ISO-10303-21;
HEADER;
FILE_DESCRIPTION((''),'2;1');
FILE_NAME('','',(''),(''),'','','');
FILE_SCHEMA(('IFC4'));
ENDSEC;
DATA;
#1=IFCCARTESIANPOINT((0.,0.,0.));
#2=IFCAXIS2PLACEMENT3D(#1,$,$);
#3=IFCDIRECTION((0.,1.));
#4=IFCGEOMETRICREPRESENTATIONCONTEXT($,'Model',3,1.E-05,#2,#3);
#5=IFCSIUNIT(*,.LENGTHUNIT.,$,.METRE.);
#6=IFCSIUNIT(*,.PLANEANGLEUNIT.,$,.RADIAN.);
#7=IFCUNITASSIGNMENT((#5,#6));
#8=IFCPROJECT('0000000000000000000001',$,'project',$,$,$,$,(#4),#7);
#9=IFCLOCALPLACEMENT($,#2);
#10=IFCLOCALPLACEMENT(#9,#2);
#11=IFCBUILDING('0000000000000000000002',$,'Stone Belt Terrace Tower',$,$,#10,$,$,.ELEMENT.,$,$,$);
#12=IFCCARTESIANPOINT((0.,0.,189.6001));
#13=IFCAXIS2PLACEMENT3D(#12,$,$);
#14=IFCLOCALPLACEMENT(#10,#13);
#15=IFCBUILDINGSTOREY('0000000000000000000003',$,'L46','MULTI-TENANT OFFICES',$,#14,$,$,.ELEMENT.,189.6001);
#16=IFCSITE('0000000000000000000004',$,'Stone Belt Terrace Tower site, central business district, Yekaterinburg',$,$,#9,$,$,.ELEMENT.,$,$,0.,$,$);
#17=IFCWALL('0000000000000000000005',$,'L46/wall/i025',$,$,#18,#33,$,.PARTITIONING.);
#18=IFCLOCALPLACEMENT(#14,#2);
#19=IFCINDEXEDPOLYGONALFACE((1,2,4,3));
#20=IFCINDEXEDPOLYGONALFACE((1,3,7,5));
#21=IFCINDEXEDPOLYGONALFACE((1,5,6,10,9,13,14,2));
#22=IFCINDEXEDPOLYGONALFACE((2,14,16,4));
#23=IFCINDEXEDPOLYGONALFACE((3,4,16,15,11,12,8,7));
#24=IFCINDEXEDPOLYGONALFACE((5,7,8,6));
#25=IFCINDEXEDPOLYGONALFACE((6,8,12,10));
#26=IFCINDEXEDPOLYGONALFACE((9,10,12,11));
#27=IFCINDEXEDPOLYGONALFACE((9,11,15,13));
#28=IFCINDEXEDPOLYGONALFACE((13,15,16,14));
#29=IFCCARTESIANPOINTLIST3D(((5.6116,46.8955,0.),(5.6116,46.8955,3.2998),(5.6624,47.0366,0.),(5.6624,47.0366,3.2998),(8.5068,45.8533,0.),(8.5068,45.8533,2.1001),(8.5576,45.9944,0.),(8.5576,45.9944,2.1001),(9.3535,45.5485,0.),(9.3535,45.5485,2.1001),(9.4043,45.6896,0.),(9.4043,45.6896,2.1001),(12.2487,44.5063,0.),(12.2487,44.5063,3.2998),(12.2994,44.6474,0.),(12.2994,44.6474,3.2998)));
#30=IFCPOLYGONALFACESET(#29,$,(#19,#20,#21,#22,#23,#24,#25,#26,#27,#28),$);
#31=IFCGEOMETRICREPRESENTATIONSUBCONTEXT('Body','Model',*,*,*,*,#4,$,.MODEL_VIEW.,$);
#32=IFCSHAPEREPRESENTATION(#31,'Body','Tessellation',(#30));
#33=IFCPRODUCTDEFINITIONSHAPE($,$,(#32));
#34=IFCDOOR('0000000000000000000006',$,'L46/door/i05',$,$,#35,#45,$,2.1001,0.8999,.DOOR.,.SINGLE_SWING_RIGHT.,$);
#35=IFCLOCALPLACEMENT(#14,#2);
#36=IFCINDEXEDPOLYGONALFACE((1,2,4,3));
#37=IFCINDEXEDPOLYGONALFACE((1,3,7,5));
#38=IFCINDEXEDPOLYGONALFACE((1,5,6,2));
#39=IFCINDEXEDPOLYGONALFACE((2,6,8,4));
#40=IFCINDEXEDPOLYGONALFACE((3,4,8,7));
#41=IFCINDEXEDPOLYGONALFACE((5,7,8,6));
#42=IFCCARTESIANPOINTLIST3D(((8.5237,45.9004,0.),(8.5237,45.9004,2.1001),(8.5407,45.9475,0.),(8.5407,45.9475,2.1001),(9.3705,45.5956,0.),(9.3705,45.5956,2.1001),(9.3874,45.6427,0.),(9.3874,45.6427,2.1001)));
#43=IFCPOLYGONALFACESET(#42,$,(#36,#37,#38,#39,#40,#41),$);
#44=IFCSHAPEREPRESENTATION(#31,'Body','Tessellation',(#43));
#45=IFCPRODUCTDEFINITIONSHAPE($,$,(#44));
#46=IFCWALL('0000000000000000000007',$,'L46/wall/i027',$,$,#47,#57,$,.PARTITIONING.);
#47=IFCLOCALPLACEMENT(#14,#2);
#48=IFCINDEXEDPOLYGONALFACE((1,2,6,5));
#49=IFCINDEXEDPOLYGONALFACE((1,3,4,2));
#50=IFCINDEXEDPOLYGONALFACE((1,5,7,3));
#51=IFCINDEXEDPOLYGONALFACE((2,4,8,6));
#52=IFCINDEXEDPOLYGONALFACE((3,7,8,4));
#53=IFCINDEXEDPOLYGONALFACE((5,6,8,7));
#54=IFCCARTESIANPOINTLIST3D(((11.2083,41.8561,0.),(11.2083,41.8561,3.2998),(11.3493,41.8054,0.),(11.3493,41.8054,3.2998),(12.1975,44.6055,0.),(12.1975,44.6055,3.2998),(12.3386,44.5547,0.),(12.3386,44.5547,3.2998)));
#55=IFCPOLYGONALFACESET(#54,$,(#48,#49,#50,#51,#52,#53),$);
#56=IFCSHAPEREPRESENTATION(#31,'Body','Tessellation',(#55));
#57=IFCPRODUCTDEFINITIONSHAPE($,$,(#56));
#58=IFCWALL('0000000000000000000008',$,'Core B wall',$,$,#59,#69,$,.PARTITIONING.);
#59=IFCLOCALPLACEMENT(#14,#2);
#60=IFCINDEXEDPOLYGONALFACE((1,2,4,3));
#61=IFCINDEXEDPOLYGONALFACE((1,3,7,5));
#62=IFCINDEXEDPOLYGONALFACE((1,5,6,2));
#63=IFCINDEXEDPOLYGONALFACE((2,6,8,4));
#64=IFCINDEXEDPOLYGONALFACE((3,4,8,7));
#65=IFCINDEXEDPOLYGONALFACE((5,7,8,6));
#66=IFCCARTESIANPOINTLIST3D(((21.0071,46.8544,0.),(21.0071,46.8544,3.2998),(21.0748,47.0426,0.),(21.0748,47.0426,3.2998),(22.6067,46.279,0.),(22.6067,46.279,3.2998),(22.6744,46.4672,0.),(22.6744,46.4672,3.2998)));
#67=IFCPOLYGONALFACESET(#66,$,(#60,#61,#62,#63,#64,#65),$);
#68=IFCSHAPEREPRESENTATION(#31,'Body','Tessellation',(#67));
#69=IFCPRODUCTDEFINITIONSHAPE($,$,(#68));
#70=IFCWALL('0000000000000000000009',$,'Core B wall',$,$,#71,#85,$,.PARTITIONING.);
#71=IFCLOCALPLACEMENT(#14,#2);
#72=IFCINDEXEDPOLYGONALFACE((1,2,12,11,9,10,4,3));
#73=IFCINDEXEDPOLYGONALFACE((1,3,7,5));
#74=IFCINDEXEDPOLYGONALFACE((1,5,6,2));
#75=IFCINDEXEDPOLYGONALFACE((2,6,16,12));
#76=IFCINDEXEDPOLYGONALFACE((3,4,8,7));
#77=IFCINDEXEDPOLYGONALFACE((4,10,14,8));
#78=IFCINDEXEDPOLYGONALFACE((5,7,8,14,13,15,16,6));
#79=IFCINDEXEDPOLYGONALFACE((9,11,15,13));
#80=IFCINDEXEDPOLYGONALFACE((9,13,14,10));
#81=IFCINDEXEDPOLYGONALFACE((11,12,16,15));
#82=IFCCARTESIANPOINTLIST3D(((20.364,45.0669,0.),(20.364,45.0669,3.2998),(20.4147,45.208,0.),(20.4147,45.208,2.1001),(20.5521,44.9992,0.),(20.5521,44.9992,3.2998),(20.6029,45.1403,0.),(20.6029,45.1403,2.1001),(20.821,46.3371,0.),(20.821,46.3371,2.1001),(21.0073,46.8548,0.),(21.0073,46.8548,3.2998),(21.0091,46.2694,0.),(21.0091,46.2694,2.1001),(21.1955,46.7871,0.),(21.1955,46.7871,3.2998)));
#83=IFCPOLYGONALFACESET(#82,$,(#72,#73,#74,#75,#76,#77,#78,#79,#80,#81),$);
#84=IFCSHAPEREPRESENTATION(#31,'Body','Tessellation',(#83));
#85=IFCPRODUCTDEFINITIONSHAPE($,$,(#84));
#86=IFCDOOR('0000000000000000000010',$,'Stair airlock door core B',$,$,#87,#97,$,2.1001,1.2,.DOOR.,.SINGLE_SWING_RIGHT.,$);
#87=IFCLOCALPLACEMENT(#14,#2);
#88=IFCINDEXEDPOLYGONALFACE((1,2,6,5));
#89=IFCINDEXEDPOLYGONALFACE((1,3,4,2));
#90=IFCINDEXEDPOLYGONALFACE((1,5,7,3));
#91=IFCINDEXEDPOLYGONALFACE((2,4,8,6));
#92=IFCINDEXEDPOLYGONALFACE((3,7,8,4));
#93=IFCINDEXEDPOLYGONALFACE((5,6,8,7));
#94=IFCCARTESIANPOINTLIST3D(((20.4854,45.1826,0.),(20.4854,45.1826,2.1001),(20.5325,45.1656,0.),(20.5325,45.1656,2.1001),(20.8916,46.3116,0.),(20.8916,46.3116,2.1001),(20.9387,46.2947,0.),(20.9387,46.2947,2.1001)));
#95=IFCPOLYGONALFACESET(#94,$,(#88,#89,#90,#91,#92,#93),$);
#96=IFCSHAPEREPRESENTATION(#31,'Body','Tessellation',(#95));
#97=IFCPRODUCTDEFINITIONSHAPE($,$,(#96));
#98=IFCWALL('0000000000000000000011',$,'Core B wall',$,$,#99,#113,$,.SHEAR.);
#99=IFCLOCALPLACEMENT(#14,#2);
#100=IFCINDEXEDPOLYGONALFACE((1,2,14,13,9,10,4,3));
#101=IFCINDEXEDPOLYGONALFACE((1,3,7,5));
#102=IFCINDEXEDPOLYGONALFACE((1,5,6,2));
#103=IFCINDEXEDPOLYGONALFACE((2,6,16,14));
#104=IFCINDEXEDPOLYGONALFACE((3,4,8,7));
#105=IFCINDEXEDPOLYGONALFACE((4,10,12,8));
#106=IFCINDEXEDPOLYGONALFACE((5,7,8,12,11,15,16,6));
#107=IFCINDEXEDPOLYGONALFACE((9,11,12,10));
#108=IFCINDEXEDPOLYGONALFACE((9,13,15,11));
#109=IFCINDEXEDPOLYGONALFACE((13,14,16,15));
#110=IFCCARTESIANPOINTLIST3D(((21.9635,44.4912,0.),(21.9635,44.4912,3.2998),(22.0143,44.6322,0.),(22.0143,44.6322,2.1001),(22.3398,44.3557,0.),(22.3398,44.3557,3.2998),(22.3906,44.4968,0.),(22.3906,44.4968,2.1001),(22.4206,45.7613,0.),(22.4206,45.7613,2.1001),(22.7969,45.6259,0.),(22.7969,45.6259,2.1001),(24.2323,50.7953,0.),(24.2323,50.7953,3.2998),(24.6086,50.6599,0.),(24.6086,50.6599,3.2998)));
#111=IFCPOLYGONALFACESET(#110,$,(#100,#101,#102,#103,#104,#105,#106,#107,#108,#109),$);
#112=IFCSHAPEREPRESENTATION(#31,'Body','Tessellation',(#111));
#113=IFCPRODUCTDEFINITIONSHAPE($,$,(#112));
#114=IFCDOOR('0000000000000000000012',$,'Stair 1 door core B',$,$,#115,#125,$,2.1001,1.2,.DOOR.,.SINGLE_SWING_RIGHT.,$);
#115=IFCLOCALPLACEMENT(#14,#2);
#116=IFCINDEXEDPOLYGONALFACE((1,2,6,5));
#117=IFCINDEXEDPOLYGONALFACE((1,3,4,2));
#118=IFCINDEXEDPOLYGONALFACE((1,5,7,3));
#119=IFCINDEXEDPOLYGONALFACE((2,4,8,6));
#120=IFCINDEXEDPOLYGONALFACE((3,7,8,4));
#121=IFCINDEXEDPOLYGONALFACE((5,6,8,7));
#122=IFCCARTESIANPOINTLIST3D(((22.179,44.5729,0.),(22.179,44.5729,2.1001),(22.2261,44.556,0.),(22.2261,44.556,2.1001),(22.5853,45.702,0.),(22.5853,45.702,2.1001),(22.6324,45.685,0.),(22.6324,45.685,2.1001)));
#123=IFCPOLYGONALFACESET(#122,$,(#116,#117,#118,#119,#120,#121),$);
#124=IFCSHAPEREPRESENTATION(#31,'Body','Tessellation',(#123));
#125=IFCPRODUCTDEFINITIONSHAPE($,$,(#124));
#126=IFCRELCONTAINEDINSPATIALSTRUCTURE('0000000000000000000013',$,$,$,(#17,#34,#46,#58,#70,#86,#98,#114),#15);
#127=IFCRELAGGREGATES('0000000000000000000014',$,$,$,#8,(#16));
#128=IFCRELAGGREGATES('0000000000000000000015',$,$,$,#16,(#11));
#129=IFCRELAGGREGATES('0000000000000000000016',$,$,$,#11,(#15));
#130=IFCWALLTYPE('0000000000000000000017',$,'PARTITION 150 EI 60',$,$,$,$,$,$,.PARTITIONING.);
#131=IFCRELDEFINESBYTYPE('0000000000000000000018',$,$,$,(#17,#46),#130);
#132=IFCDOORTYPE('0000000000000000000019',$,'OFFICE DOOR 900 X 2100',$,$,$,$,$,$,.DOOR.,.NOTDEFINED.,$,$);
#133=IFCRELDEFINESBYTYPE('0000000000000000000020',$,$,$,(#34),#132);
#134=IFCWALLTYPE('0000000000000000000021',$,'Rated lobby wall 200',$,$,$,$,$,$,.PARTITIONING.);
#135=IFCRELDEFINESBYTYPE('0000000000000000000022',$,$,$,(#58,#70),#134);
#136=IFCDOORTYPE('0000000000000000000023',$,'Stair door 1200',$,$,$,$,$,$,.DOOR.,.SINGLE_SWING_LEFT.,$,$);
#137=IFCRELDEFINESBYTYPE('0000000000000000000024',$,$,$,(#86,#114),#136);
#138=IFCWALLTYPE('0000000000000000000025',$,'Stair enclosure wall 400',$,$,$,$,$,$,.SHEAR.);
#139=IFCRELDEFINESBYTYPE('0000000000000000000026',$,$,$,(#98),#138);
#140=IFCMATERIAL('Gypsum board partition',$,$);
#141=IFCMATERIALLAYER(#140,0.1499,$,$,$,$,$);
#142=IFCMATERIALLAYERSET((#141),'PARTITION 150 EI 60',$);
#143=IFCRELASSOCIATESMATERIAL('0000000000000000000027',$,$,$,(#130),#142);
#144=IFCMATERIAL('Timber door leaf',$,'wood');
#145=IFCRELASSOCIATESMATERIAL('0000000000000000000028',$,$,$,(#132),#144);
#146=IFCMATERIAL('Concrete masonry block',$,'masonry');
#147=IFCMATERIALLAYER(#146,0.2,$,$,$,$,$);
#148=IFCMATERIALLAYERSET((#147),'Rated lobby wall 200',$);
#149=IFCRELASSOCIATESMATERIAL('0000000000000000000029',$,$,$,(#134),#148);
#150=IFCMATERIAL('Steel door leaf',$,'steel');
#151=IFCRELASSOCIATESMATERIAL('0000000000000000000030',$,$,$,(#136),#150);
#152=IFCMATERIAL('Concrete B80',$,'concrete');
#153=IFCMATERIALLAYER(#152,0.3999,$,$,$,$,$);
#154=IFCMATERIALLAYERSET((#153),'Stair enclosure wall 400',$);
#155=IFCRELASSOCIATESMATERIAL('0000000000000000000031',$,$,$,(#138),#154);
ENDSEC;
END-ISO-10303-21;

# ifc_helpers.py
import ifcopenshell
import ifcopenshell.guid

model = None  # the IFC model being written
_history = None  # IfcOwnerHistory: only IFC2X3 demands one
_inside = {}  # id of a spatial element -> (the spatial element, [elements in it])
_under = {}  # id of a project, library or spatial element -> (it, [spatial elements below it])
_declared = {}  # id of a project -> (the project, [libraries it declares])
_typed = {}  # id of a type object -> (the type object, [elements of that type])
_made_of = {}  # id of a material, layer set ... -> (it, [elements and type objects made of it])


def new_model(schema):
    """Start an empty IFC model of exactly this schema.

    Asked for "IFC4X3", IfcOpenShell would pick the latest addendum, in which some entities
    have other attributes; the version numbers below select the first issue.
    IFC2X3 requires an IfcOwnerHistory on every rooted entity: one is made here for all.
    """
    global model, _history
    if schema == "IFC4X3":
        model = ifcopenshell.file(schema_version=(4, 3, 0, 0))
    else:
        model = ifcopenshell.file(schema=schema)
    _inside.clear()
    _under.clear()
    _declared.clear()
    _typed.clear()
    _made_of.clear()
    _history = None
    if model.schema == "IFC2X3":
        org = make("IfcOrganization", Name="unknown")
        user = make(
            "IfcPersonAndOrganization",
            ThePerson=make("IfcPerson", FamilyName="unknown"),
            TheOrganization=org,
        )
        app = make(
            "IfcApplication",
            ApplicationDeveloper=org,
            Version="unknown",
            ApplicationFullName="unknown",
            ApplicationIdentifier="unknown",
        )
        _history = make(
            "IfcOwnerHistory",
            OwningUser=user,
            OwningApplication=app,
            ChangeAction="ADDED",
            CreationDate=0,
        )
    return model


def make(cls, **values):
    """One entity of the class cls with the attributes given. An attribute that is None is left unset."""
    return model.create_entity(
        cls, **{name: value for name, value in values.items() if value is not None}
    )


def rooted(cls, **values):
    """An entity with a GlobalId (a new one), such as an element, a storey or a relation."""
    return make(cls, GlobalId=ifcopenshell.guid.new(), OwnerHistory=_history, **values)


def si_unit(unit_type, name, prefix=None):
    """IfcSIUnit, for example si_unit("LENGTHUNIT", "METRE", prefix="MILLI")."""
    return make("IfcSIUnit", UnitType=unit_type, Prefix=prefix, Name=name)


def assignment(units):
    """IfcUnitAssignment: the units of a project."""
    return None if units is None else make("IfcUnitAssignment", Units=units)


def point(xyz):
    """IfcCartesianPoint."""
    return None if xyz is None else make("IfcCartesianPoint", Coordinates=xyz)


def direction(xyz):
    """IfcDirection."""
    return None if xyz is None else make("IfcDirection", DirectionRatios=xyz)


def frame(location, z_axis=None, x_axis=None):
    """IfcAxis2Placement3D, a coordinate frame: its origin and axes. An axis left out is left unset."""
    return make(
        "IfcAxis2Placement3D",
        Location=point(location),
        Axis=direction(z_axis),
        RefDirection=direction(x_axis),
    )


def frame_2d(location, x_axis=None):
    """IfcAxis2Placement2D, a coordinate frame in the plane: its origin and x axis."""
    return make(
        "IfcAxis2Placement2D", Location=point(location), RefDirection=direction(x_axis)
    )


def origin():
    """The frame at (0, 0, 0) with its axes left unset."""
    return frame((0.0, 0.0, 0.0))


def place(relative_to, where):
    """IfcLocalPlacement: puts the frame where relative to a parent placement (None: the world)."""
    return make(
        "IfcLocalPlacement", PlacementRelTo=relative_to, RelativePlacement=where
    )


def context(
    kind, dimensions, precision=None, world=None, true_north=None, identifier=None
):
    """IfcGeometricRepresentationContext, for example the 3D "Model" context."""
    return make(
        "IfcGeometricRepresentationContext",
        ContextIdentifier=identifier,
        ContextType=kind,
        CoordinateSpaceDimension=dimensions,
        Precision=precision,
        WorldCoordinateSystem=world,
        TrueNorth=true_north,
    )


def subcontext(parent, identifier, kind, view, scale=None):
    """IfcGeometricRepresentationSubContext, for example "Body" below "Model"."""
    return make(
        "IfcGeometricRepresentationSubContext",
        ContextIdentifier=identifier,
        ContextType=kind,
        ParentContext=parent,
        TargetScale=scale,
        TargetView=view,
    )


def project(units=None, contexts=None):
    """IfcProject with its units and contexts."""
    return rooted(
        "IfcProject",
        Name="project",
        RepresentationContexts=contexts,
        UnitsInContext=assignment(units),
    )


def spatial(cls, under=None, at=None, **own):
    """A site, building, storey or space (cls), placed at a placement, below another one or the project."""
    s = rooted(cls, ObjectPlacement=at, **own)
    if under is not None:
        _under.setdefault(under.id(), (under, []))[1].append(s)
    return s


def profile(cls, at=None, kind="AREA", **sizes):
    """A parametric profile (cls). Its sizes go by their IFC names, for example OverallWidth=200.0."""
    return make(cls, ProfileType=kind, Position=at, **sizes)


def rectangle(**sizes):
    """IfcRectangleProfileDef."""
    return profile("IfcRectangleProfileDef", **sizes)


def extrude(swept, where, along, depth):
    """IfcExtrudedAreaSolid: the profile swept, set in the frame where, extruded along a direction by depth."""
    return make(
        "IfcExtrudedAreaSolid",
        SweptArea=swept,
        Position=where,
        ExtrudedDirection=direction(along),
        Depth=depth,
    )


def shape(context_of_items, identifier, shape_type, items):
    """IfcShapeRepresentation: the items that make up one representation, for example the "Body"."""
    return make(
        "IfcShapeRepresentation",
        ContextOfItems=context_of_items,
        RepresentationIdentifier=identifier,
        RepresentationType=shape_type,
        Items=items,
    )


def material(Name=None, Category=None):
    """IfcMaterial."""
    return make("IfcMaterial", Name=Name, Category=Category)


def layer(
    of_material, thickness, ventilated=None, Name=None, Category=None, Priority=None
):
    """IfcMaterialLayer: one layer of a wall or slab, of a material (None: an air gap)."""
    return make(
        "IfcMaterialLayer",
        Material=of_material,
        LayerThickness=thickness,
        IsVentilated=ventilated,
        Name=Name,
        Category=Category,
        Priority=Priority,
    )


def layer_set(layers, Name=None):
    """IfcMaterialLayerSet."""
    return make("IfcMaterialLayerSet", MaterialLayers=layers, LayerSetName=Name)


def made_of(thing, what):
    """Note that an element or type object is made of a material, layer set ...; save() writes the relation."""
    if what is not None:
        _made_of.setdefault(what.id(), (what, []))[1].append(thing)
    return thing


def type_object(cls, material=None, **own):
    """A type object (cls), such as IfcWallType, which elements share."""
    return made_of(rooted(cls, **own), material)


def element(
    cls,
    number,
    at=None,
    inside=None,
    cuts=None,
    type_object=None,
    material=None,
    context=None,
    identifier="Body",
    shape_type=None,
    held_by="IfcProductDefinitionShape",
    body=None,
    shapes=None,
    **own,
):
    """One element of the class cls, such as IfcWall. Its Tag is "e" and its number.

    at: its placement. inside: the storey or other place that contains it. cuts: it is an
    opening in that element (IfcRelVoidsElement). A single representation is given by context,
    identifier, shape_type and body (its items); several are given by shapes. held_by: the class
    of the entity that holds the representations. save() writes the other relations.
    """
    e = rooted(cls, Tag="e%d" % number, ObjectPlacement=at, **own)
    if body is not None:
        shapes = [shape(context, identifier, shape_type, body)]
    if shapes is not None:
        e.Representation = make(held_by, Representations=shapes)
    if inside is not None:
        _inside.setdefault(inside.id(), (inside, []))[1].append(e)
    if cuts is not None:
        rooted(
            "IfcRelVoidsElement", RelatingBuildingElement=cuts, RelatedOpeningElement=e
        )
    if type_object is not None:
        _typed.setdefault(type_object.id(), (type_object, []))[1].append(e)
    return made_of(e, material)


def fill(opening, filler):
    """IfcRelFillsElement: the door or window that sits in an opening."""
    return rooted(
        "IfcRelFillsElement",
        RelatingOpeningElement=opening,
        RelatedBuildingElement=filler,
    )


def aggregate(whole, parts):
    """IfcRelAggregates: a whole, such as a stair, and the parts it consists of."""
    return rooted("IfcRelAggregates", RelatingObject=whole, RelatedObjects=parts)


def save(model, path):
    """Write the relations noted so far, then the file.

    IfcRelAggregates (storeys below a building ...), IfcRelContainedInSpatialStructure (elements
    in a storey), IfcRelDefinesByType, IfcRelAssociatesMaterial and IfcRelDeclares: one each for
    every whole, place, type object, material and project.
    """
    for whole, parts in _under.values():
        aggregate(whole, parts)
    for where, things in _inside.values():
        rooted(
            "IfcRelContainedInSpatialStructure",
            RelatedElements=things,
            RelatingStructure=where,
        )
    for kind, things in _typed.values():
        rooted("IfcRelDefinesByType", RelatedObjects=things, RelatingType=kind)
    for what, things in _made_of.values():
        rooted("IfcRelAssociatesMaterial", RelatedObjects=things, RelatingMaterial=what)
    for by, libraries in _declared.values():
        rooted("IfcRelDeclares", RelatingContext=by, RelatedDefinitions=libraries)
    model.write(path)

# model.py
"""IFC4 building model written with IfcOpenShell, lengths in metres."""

from ifc_helpers import new_model, si_unit, direction, frame, frame_2d, origin, place, context, subcontext, project, spatial, rectangle, extrude, material, layer, layer_set, type_object, element, fill, save


model = new_model("IFC4")

# Units and contexts
model_context = context("Model", 3, precision=1e-05, world=origin(), true_north=direction((0.0, 1.0)))
body_context = subcontext(model_context, "Body", "Model", "MODEL_VIEW")
ifc_project = project(units=[si_unit("LENGTHUNIT", "METRE"), si_unit("PLANEANGLEUNIT", "RADIAN")], contexts=[model_context])

# Site, building, storey
site_placement = place(None, origin())
site = spatial("IfcSite", under=ifc_project, at=site_placement, Name="Stone Belt Terrace Tower site, central business district, Yekaterinburg", CompositionType="ELEMENT", RefElevation=0.0)
building_placement = place(site_placement, origin())
building = spatial("IfcBuilding", under=site, at=building_placement, Name="Stone Belt Terrace Tower", CompositionType="ELEMENT")
storey_placement = place(building_placement, frame((0.0, 0.0, 189.6001)))
storey = spatial("IfcBuildingStorey", under=building, at=storey_placement, Name="L46", Description="MULTI-TENANT OFFICES", CompositionType="ELEMENT", Elevation=189.6001)

# Shared definitions
ifc_material_1 = material(Name="Concrete B80", Category="concrete")

# Shared definitions
ifc_material_2 = material(Name="Gypsum board partition")
ifc_layer_1 = layer(ifc_material_2, 0.1499)
ifc_layer_set_1 = layer_set([ifc_layer_1], Name="PARTITION 150 EI 60")
wall_type_1 = type_object("IfcWallType", Name="PARTITION 150 EI 60", PredefinedType="PARTITIONING", material=ifc_layer_set_1)

# Wall, opening, door
wall_1_placement = place(storey_placement, frame((12.2739, 44.5769, 0.0), z_axis=(0.0, 0.0, 1.0), x_axis=(-0.940894, 0.338701, 0.0)))
wall_1 = element("IfcWall", 1, at=wall_1_placement, inside=storey, type_object=wall_type_1, Name="L46/wall/i025", PredefinedType="PARTITIONING", context=body_context, shape_type="SweptSolid", body=[
    extrude(rectangle(XDim=7.054, YDim=0.1499, at=frame_2d((3.5269, 0.0))), origin(), (0.0, 0.0, 1.0), 3.2998),
])
opening_1_placement = place(wall_1_placement, frame((3.0769, 0.0, 0.0)))
opening_1 = element("IfcOpeningElement", 2, at=opening_1_placement, cuts=wall_1, PredefinedType="OPENING", context=body_context, shape_type="SweptSolid", body=[
    extrude(rectangle(XDim=0.8999, YDim=2.1001, at=frame_2d((0.45, 1.05))), frame((0.0, 0.085, 0.0), z_axis=(0.0, -1.0, 0.0), x_axis=(1.0, 0.0, 0.0)), (0.0, 0.0, 1.0), 0.1699),
])
ifc_material_3 = material(Name="Timber door leaf", Category="wood")
door_type_1 = type_object("IfcDoorType", Name="OFFICE DOOR 900 X 2100", OperationType="NOTDEFINED", PredefinedType="DOOR", material=ifc_material_3)
door_1_placement = place(opening_1_placement, origin())
door_1 = element("IfcDoor", 3, at=door_1_placement, inside=storey, type_object=door_type_1, Name="L46/door/i05", OperationType="SINGLE_SWING_RIGHT", OverallHeight=2.1001, OverallWidth=0.8999, PredefinedType="DOOR", context=body_context, shape_type="SweptSolid", body=[
    extrude(rectangle(XDim=0.8999, YDim=2.1001, at=frame_2d((0.45, 1.05))), frame((0.0, 0.0249, 0.0), z_axis=(0.0, -1.0, 0.0), x_axis=(1.0, 0.0, 0.0)), (0.0, 0.0, 1.0), 0.05),
])
fill(opening_1, door_1)

# Walls
wall_2_placement = place(storey_placement, frame((12.2681, 44.5801, 0.0), z_axis=(0.0, 0.0, 1.0), x_axis=(-0.338574, -0.94094, 0.0)))
element("IfcWall", 4, at=wall_2_placement, inside=storey, type_object=wall_type_1, Name="L46/wall/i027", PredefinedType="PARTITIONING", context=body_context, shape_type="SweptSolid", body=[
    extrude(rectangle(XDim=2.9219, YDim=0.1499, at=frame_2d((1.4609, 0.0))), origin(), (0.0, 0.0, 1.0), 3.2998),
])
ifc_material_4 = material(Name="Concrete masonry block", Category="masonry")
ifc_layer_2 = layer(ifc_material_4, 0.2)
ifc_layer_set_2 = layer_set([ifc_layer_2], Name="Rated lobby wall 200")
wall_type_2 = type_object("IfcWallType", Name="Rated lobby wall 200", PredefinedType="PARTITIONING", material=ifc_layer_set_2)
wall_3_placement = place(storey_placement, frame((22.6406, 46.373, 0.0), z_axis=(0.0, 0.0, 1.0), x_axis=(-0.940966, 0.338501, 0.0)))
element("IfcWall", 5, at=wall_3_placement, inside=storey, type_object=wall_type_2, Name="Core B wall", PredefinedType="PARTITIONING", context=body_context, shape_type="SweptSolid", body=[
    extrude(rectangle(XDim=1.7, YDim=0.2, at=frame_2d((0.8501, 0.0))), origin(), (0.0, 0.0, 1.0), 3.2998),
])

# Walls, openings, doors
wall_4_placement = place(storey_placement, frame((20.458, 45.033, 0.0), z_axis=(0.0, 0.0, 1.0), x_axis=(0.338574, 0.94094, 0.0)))
wall_4 = element("IfcWall", 6, at=wall_4_placement, inside=storey, type_object=wall_type_2, Name="Core B wall", PredefinedType="PARTITIONING", context=body_context, shape_type="SweptSolid", body=[
    extrude(rectangle(XDim=1.9001, YDim=0.2, at=frame_2d((0.9502, 0.0))), origin(), (0.0, 0.0, 1.0), 3.2998),
])
opening_2_placement = place(wall_4_placement, frame((0.1499, 0.0, 0.0)))
opening_2 = element("IfcOpeningElement", 7, at=opening_2_placement, cuts=wall_4, PredefinedType="OPENING", context=body_context, shape_type="SweptSolid", body=[
    extrude(rectangle(XDim=1.2, YDim=2.1001, at=frame_2d((0.6001, 1.05))), frame((0.0, 0.1099, 0.0), z_axis=(0.0, -1.0, 0.0), x_axis=(1.0, 0.0, 0.0)), (0.0, 0.0, 1.0), 0.22),
])
ifc_material_5 = material(Name="Steel door leaf", Category="steel")
door_type_2 = type_object("IfcDoorType", Name="Stair door 1200", OperationType="SINGLE_SWING_LEFT", PredefinedType="DOOR", material=ifc_material_5)
door_2_placement = place(opening_2_placement, origin())
door_2 = element("IfcDoor", 8, at=door_2_placement, inside=storey, type_object=door_type_2, Name="Stair airlock door core B", OperationType="SINGLE_SWING_RIGHT", OverallHeight=2.1001, OverallWidth=1.2, PredefinedType="DOOR", context=body_context, shape_type="SweptSolid", body=[
    extrude(rectangle(XDim=1.2, YDim=2.1001, at=frame_2d((0.6001, 1.05))), frame((0.0, 0.0249, 0.0), z_axis=(0.0, -1.0, 0.0), x_axis=(1.0, 0.0, 0.0)), (0.0, 0.0, 1.0), 0.05),
])
fill(opening_2, door_2)
ifc_layer_3 = layer(ifc_material_1, 0.3999)
ifc_layer_set_3 = layer_set([ifc_layer_3], Name="Stair enclosure wall 400")
wall_type_3 = type_object("IfcWallType", Name="Stair enclosure wall 400", PredefinedType="SHEAR", material=ifc_layer_set_3)
wall_5_placement = place(storey_placement, frame((22.1516, 44.4233, 0.0), z_axis=(0.0, 0.0, 1.0), x_axis=(0.338625, 0.940921, 0.0)))
wall_5 = element("IfcWall", 9, at=wall_5_placement, inside=storey, type_object=wall_type_3, Name="Core B wall", PredefinedType="SHEAR", context=body_context, shape_type="SweptSolid", body=[
    extrude(rectangle(XDim=6.7, YDim=0.3999, at=frame_2d((3.3501, 0.0))), origin(), (0.0, 0.0, 1.0), 3.2998),
])
opening_3_placement = place(wall_5_placement, frame((0.1499, 0.0, 0.0)))
opening_3 = element("IfcOpeningElement", 10, at=opening_3_placement, cuts=wall_5, PredefinedType="OPENING", context=body_context, shape_type="SweptSolid", body=[
    extrude(rectangle(XDim=1.2, YDim=2.1001, at=frame_2d((0.6001, 1.05))), frame((0.0, 0.21, 0.0), z_axis=(0.0, -1.0, 0.0), x_axis=(1.0, 0.0, 0.0)), (0.0, 0.0, 1.0), 0.4199),
])
door_3_placement = place(opening_3_placement, origin())
door_3 = element("IfcDoor", 11, at=door_3_placement, inside=storey, type_object=door_type_2, Name="Stair 1 door core B", OperationType="SINGLE_SWING_RIGHT", OverallHeight=2.1001, OverallWidth=1.2, PredefinedType="DOOR", context=body_context, shape_type="SweptSolid", body=[
    extrude(rectangle(XDim=1.2, YDim=2.1001, at=frame_2d((0.6001, 1.05))), frame((0.0, 0.0249, 0.0), z_axis=(0.0, -1.0, 0.0), x_axis=(1.0, 0.0, 0.0)), (0.0, 0.0, 1.0), 0.05),
])
fill(opening_3, door_3)

save(model, "model.ifc")
